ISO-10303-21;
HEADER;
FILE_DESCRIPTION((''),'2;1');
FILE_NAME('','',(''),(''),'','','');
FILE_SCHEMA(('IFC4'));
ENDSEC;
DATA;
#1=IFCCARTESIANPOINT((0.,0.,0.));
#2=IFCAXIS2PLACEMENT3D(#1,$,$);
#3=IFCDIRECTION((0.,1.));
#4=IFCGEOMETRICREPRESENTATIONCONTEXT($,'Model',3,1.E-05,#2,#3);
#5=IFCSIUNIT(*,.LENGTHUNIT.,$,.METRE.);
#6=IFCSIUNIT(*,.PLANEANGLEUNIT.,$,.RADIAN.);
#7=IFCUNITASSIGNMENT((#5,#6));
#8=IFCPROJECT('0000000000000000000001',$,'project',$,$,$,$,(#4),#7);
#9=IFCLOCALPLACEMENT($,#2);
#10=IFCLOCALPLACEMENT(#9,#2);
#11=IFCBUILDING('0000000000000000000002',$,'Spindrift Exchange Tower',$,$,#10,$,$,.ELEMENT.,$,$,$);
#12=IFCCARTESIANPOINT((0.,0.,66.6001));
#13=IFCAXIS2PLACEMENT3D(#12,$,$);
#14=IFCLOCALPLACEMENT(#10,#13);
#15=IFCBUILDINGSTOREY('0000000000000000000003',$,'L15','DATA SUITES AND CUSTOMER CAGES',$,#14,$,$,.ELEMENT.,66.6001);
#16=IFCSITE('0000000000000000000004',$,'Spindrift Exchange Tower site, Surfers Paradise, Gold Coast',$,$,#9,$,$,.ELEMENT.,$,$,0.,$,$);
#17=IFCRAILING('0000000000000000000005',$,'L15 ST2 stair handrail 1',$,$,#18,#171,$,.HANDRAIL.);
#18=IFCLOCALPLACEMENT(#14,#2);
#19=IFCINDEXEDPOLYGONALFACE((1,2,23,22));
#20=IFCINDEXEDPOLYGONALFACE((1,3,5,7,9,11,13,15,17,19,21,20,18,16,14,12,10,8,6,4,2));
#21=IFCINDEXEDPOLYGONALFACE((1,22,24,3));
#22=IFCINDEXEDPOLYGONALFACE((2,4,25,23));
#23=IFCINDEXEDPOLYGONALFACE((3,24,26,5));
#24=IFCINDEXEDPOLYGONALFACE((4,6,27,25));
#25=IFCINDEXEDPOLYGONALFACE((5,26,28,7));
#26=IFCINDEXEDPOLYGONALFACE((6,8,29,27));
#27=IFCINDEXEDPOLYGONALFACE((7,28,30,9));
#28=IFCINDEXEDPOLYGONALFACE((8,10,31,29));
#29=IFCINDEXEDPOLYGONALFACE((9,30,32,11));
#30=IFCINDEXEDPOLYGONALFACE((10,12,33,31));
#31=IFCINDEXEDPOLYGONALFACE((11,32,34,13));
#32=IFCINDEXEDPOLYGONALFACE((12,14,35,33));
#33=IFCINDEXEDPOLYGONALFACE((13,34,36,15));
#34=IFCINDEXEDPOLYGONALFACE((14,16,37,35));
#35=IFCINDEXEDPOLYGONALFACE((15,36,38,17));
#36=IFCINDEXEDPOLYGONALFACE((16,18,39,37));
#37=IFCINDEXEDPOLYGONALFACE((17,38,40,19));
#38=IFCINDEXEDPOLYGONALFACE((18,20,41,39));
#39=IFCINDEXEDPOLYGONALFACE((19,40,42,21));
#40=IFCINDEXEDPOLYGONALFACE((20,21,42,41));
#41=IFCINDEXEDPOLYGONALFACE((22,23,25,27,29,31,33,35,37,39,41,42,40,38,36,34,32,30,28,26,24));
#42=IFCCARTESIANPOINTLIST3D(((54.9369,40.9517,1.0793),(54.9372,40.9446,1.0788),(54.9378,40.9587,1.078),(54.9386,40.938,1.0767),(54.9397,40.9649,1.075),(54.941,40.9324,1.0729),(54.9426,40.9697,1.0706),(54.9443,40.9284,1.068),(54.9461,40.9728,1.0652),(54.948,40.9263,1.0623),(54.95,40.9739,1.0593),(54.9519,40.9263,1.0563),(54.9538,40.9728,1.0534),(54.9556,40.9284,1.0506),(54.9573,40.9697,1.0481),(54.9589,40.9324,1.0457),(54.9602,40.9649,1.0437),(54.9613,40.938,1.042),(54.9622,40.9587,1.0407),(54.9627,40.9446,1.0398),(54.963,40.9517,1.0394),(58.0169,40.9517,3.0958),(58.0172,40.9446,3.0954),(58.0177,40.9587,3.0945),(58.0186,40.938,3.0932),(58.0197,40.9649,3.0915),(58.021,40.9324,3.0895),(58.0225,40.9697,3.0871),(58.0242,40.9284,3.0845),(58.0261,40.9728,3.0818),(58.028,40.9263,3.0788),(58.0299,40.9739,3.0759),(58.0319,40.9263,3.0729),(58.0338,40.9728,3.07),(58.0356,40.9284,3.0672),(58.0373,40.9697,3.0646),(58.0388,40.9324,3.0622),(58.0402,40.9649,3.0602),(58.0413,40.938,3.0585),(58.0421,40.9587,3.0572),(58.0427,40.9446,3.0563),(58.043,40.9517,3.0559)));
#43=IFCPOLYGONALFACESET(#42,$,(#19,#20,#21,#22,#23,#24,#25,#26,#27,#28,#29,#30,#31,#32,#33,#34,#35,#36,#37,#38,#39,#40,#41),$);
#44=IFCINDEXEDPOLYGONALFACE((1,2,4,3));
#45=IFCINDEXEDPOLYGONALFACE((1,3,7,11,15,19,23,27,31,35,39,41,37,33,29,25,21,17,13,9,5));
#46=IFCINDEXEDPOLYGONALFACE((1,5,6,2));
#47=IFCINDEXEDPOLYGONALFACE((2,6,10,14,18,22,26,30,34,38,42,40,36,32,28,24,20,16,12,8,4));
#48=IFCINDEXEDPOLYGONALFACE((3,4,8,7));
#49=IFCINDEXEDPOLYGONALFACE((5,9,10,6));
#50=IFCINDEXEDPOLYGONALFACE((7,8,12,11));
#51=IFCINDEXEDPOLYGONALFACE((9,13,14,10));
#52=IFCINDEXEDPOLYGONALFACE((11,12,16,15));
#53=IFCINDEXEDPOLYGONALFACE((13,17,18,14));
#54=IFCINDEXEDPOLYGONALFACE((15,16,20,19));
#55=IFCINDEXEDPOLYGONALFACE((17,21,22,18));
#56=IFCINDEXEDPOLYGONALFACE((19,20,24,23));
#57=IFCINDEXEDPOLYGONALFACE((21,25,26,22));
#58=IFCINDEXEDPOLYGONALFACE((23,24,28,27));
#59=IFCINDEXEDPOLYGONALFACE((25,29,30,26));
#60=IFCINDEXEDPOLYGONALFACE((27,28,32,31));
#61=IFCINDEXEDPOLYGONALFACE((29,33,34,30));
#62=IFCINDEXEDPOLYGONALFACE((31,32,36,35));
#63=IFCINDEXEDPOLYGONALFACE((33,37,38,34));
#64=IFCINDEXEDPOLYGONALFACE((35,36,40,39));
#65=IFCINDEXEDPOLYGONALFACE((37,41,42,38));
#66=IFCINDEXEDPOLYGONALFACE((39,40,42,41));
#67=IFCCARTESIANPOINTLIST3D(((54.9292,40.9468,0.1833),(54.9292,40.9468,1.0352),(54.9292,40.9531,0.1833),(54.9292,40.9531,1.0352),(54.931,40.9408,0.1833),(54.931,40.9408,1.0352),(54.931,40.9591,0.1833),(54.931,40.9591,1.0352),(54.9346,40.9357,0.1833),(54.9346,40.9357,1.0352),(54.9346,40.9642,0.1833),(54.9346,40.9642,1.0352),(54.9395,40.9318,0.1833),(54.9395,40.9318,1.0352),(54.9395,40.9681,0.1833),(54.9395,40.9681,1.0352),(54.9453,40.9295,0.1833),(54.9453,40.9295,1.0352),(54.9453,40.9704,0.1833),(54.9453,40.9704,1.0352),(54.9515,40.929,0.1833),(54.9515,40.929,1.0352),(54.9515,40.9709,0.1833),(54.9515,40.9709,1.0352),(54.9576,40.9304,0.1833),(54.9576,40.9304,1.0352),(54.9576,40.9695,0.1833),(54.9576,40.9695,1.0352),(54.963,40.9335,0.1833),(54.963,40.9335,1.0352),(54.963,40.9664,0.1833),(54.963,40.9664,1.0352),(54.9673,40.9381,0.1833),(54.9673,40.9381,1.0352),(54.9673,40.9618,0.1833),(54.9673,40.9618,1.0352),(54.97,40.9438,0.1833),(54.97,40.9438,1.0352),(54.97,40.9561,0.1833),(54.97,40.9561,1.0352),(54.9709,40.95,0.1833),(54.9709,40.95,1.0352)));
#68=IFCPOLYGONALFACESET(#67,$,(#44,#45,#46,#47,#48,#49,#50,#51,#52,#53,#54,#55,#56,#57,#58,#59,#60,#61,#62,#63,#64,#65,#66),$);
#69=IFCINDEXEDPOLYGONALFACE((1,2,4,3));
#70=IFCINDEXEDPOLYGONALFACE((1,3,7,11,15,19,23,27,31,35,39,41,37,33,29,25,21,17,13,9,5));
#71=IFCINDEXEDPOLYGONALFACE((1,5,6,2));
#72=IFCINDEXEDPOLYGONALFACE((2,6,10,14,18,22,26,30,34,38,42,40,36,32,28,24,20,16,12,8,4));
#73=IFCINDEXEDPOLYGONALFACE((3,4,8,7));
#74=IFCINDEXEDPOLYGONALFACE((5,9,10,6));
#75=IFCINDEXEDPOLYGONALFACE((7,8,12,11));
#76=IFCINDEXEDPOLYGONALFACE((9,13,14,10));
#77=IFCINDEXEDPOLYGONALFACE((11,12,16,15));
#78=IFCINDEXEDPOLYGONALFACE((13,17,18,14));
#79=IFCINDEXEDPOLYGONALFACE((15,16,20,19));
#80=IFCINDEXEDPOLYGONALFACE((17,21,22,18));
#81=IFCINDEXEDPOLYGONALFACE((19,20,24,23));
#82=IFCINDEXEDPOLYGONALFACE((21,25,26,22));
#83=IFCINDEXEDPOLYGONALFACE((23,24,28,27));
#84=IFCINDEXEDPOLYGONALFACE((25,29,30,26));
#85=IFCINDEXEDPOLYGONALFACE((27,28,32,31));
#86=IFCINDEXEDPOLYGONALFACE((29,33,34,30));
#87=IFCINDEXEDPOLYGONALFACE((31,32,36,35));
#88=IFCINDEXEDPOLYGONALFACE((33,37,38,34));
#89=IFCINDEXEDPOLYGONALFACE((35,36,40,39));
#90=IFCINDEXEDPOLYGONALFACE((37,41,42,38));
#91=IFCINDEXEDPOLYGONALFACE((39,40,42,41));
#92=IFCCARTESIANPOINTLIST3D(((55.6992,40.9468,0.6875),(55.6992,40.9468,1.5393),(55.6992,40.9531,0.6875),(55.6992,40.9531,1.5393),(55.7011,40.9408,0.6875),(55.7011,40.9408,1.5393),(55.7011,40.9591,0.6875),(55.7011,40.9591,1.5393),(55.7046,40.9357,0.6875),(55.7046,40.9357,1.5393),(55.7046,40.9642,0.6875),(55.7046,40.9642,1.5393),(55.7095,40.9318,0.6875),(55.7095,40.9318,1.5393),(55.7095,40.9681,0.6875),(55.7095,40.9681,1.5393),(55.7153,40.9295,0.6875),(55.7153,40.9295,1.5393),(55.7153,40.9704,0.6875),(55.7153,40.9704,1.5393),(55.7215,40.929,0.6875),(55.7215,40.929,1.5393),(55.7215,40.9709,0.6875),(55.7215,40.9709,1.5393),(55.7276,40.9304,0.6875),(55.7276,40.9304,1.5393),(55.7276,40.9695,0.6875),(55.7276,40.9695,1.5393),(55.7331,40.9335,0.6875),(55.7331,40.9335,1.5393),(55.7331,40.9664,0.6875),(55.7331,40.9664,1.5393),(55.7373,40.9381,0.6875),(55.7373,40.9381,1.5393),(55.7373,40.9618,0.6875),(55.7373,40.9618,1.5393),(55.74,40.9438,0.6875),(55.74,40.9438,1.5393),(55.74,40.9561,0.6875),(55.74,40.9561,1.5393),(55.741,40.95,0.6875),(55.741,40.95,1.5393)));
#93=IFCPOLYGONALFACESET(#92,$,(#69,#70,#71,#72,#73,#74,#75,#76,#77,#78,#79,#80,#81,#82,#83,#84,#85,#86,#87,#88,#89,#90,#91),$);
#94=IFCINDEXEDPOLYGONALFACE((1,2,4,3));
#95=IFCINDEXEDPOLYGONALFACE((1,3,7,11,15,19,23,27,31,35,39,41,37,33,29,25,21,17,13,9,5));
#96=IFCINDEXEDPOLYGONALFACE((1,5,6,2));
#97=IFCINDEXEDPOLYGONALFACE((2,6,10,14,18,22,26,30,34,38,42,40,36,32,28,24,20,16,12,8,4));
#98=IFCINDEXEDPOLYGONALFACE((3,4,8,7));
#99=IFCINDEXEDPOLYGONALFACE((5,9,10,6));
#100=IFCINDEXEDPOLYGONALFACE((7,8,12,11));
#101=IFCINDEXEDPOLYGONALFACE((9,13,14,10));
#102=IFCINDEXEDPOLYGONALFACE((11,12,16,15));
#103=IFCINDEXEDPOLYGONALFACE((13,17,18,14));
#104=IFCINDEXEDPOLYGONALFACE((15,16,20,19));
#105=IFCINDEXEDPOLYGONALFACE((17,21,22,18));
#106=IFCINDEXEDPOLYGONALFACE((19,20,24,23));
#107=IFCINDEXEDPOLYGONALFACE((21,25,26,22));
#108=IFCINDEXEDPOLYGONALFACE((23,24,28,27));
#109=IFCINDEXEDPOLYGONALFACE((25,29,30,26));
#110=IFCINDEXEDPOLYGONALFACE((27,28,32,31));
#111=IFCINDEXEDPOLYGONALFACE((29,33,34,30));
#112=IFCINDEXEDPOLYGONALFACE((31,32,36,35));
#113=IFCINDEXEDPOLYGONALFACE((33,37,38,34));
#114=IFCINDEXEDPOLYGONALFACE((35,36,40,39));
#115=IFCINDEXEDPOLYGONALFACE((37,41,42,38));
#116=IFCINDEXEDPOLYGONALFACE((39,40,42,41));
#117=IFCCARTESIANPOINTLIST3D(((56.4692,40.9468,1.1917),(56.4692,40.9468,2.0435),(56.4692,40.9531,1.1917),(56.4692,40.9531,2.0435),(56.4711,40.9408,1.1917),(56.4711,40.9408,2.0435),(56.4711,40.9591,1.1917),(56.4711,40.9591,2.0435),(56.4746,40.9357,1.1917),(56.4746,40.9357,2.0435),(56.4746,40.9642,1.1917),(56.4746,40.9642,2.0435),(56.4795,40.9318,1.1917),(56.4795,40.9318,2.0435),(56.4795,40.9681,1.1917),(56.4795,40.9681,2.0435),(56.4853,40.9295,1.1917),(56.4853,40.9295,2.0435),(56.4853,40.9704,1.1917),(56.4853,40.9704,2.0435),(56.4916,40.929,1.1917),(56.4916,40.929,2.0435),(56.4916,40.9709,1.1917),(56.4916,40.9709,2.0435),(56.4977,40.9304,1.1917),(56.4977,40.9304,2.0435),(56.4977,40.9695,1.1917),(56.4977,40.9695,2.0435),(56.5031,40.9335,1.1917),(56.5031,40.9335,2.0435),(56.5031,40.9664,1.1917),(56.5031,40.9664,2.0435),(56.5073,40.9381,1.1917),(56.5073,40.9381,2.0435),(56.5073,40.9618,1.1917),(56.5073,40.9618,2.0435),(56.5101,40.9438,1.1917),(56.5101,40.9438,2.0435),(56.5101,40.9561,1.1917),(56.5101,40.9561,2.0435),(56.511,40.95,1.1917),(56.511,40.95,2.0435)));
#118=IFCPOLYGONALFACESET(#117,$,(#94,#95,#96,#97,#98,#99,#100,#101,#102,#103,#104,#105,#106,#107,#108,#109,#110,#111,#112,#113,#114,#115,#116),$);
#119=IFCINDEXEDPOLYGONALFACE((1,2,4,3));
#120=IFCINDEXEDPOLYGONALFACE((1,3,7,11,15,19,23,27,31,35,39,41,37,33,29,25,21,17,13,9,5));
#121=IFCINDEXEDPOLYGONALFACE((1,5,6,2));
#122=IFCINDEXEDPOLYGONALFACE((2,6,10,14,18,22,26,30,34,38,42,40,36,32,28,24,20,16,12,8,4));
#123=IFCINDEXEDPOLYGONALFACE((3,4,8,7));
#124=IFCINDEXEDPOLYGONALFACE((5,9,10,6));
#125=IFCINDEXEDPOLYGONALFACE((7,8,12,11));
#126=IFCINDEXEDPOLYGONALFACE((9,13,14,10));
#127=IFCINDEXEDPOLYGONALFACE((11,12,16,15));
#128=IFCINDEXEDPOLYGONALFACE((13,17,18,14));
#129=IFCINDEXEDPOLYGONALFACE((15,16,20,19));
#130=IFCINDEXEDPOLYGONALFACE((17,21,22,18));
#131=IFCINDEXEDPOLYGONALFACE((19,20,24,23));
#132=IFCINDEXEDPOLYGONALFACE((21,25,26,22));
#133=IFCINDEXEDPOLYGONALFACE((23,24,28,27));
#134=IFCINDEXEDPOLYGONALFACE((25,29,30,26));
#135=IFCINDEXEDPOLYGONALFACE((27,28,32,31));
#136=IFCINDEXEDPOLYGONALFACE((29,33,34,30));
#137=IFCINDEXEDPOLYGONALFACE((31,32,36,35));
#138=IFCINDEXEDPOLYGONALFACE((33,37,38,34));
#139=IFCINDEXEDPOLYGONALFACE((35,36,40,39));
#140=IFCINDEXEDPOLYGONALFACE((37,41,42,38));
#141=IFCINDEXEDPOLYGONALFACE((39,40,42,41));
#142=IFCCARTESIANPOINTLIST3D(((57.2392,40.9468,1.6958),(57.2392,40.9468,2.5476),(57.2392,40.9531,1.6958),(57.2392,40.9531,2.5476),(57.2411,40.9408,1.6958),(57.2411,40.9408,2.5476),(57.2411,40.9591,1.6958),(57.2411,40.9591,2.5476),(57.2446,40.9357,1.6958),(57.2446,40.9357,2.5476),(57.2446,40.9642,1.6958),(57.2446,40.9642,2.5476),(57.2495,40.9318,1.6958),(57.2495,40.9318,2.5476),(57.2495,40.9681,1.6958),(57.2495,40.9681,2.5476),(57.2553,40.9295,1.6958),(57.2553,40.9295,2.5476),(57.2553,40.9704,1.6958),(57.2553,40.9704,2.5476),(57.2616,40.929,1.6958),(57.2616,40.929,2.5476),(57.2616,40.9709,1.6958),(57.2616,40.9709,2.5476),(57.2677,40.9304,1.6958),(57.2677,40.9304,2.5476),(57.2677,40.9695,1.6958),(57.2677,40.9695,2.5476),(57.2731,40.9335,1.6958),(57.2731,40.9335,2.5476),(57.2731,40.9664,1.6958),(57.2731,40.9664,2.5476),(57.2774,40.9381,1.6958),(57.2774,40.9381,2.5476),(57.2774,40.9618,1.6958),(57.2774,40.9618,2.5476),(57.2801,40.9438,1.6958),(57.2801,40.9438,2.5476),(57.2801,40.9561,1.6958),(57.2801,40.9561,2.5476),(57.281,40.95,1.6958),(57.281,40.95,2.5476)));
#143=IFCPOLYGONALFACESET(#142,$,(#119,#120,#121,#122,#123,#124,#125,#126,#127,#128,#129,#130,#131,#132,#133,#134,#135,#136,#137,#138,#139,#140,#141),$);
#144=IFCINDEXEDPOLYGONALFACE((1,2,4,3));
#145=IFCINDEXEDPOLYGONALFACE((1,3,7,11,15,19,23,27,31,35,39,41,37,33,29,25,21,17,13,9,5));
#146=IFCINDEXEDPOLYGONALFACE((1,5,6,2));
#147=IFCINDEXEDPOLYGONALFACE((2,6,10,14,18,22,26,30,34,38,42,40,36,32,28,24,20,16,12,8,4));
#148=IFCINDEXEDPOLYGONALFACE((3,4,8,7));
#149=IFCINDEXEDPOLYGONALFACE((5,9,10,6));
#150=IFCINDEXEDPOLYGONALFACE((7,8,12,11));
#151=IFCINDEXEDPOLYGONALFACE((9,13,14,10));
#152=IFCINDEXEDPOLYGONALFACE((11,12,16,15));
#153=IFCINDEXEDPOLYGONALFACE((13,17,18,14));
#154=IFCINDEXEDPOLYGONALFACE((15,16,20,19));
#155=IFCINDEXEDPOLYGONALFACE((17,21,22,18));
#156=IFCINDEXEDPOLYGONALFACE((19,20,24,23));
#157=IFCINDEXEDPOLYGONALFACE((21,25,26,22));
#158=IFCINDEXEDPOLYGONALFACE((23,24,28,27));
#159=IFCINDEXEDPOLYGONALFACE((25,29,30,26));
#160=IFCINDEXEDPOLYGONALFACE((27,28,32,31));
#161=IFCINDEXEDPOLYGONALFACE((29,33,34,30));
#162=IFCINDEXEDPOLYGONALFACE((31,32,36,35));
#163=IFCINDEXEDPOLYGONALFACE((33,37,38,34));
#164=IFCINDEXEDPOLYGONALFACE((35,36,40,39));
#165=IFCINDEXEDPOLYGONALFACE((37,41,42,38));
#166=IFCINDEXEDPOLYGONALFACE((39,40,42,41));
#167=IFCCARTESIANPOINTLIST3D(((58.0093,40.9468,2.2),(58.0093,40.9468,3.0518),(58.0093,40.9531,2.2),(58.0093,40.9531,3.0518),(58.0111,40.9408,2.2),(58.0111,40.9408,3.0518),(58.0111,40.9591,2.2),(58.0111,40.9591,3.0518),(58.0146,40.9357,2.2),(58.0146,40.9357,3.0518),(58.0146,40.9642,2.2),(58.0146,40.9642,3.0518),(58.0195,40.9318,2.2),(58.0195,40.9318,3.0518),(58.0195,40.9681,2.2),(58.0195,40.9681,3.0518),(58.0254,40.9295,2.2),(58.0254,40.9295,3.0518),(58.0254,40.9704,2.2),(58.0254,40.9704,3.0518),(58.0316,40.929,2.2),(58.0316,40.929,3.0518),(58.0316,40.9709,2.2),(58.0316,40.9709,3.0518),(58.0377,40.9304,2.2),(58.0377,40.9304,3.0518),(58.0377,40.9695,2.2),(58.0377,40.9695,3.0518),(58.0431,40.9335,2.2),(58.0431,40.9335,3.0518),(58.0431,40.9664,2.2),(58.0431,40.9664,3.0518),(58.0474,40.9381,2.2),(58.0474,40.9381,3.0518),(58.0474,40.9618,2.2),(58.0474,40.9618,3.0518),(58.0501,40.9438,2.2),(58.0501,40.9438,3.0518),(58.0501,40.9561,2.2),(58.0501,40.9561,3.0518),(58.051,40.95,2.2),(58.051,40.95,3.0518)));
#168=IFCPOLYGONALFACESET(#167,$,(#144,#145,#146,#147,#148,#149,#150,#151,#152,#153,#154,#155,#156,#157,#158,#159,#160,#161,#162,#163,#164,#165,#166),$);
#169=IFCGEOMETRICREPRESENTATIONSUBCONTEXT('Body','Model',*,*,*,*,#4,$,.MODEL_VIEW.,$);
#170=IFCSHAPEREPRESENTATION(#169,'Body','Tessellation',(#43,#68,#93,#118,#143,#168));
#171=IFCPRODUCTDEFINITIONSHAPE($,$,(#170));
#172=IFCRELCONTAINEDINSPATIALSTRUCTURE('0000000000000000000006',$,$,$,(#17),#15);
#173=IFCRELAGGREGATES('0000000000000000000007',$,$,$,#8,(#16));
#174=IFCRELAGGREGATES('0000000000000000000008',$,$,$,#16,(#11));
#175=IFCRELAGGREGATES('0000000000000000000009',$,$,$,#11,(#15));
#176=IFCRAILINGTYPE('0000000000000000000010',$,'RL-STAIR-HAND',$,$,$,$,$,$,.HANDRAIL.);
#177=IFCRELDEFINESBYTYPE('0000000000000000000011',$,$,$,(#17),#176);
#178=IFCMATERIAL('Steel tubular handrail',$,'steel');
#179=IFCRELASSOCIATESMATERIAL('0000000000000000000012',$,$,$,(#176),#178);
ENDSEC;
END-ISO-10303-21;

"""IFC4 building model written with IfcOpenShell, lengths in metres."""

from ifc_helpers import new_model, si_unit, direction, frame, origin, origin_2d, place, context, subcontext, project, spatial, circle, extrude, material, type_object, element, save


model = new_model("IFC4")

# Units and contexts
model_context = context("Model", 3, precision=1e-05, world=origin(), true_north=direction((0.0, 1.0)))
body_context = subcontext(model_context, "Body", "Model", "MODEL_VIEW")
ifc_project = project(units=[si_unit("LENGTHUNIT", "METRE"), si_unit("PLANEANGLEUNIT", "RADIAN")], contexts=[model_context])

# Site, building, storey
site_placement = place(None, origin())
site = spatial("IfcSite", under=ifc_project, at=site_placement, Name="Spindrift Exchange Tower site, Surfers Paradise, Gold Coast", CompositionType="ELEMENT", RefElevation=0.0)
building_placement = place(site_placement, origin())
building = spatial("IfcBuilding", under=site, at=building_placement, Name="Spindrift Exchange Tower", CompositionType="ELEMENT")
storey_placement = place(building_placement, frame((0.0, 0.0, 66.6001)))
storey = spatial("IfcBuildingStorey", under=building, at=storey_placement, Name="L15", Description="DATA SUITES AND CUSTOMER CAGES", CompositionType="ELEMENT", Elevation=66.6001)

# Railing
ifc_material_1 = material(Name="Steel tubular handrail", Category="steel")
railing_type_1 = type_object("IfcRailingType", Name="RL-STAIR-HAND", PredefinedType="HANDRAIL", material=ifc_material_1)
railing_1_placement = place(storey_placement, frame((54.95, 40.95, 0.1833)))
element("IfcRailing", 1, at=railing_1_placement, inside=storey, type_object=railing_type_1, Name="L15 ST2 stair handrail 1", PredefinedType="HANDRAIL", context=body_context, shape_type="SweptSolid", body=[
    extrude(circle(Radius=0.0239, at=origin_2d()), frame((0.0, 0.0, 0.876), z_axis=(0.836633, 0.0, 0.547764), x_axis=(0.0, 1.0, 0.0)), (0.0, 0.0, 1.0), 3.6814),
    extrude(circle(Radius=0.021, at=origin_2d()), origin(), (0.0, 0.0, 1.0), 0.8518),
    extrude(circle(Radius=0.021, at=origin_2d()), frame((0.77, 0.0, 0.5042)), (0.0, 0.0, 1.0), 0.8518),
    extrude(circle(Radius=0.021, at=origin_2d()), frame((1.54, 0.0, 1.0083)), (0.0, 0.0, 1.0), 0.8518),
    extrude(circle(Radius=0.021, at=origin_2d()), frame((2.3101, 0.0, 1.5125)), (0.0, 0.0, 1.0), 0.8518),
    extrude(circle(Radius=0.021, at=origin_2d()), frame((3.0801, 0.0, 2.0166)), (0.0, 0.0, 1.0), 0.8518),
])

save(model, "model.ifc")
